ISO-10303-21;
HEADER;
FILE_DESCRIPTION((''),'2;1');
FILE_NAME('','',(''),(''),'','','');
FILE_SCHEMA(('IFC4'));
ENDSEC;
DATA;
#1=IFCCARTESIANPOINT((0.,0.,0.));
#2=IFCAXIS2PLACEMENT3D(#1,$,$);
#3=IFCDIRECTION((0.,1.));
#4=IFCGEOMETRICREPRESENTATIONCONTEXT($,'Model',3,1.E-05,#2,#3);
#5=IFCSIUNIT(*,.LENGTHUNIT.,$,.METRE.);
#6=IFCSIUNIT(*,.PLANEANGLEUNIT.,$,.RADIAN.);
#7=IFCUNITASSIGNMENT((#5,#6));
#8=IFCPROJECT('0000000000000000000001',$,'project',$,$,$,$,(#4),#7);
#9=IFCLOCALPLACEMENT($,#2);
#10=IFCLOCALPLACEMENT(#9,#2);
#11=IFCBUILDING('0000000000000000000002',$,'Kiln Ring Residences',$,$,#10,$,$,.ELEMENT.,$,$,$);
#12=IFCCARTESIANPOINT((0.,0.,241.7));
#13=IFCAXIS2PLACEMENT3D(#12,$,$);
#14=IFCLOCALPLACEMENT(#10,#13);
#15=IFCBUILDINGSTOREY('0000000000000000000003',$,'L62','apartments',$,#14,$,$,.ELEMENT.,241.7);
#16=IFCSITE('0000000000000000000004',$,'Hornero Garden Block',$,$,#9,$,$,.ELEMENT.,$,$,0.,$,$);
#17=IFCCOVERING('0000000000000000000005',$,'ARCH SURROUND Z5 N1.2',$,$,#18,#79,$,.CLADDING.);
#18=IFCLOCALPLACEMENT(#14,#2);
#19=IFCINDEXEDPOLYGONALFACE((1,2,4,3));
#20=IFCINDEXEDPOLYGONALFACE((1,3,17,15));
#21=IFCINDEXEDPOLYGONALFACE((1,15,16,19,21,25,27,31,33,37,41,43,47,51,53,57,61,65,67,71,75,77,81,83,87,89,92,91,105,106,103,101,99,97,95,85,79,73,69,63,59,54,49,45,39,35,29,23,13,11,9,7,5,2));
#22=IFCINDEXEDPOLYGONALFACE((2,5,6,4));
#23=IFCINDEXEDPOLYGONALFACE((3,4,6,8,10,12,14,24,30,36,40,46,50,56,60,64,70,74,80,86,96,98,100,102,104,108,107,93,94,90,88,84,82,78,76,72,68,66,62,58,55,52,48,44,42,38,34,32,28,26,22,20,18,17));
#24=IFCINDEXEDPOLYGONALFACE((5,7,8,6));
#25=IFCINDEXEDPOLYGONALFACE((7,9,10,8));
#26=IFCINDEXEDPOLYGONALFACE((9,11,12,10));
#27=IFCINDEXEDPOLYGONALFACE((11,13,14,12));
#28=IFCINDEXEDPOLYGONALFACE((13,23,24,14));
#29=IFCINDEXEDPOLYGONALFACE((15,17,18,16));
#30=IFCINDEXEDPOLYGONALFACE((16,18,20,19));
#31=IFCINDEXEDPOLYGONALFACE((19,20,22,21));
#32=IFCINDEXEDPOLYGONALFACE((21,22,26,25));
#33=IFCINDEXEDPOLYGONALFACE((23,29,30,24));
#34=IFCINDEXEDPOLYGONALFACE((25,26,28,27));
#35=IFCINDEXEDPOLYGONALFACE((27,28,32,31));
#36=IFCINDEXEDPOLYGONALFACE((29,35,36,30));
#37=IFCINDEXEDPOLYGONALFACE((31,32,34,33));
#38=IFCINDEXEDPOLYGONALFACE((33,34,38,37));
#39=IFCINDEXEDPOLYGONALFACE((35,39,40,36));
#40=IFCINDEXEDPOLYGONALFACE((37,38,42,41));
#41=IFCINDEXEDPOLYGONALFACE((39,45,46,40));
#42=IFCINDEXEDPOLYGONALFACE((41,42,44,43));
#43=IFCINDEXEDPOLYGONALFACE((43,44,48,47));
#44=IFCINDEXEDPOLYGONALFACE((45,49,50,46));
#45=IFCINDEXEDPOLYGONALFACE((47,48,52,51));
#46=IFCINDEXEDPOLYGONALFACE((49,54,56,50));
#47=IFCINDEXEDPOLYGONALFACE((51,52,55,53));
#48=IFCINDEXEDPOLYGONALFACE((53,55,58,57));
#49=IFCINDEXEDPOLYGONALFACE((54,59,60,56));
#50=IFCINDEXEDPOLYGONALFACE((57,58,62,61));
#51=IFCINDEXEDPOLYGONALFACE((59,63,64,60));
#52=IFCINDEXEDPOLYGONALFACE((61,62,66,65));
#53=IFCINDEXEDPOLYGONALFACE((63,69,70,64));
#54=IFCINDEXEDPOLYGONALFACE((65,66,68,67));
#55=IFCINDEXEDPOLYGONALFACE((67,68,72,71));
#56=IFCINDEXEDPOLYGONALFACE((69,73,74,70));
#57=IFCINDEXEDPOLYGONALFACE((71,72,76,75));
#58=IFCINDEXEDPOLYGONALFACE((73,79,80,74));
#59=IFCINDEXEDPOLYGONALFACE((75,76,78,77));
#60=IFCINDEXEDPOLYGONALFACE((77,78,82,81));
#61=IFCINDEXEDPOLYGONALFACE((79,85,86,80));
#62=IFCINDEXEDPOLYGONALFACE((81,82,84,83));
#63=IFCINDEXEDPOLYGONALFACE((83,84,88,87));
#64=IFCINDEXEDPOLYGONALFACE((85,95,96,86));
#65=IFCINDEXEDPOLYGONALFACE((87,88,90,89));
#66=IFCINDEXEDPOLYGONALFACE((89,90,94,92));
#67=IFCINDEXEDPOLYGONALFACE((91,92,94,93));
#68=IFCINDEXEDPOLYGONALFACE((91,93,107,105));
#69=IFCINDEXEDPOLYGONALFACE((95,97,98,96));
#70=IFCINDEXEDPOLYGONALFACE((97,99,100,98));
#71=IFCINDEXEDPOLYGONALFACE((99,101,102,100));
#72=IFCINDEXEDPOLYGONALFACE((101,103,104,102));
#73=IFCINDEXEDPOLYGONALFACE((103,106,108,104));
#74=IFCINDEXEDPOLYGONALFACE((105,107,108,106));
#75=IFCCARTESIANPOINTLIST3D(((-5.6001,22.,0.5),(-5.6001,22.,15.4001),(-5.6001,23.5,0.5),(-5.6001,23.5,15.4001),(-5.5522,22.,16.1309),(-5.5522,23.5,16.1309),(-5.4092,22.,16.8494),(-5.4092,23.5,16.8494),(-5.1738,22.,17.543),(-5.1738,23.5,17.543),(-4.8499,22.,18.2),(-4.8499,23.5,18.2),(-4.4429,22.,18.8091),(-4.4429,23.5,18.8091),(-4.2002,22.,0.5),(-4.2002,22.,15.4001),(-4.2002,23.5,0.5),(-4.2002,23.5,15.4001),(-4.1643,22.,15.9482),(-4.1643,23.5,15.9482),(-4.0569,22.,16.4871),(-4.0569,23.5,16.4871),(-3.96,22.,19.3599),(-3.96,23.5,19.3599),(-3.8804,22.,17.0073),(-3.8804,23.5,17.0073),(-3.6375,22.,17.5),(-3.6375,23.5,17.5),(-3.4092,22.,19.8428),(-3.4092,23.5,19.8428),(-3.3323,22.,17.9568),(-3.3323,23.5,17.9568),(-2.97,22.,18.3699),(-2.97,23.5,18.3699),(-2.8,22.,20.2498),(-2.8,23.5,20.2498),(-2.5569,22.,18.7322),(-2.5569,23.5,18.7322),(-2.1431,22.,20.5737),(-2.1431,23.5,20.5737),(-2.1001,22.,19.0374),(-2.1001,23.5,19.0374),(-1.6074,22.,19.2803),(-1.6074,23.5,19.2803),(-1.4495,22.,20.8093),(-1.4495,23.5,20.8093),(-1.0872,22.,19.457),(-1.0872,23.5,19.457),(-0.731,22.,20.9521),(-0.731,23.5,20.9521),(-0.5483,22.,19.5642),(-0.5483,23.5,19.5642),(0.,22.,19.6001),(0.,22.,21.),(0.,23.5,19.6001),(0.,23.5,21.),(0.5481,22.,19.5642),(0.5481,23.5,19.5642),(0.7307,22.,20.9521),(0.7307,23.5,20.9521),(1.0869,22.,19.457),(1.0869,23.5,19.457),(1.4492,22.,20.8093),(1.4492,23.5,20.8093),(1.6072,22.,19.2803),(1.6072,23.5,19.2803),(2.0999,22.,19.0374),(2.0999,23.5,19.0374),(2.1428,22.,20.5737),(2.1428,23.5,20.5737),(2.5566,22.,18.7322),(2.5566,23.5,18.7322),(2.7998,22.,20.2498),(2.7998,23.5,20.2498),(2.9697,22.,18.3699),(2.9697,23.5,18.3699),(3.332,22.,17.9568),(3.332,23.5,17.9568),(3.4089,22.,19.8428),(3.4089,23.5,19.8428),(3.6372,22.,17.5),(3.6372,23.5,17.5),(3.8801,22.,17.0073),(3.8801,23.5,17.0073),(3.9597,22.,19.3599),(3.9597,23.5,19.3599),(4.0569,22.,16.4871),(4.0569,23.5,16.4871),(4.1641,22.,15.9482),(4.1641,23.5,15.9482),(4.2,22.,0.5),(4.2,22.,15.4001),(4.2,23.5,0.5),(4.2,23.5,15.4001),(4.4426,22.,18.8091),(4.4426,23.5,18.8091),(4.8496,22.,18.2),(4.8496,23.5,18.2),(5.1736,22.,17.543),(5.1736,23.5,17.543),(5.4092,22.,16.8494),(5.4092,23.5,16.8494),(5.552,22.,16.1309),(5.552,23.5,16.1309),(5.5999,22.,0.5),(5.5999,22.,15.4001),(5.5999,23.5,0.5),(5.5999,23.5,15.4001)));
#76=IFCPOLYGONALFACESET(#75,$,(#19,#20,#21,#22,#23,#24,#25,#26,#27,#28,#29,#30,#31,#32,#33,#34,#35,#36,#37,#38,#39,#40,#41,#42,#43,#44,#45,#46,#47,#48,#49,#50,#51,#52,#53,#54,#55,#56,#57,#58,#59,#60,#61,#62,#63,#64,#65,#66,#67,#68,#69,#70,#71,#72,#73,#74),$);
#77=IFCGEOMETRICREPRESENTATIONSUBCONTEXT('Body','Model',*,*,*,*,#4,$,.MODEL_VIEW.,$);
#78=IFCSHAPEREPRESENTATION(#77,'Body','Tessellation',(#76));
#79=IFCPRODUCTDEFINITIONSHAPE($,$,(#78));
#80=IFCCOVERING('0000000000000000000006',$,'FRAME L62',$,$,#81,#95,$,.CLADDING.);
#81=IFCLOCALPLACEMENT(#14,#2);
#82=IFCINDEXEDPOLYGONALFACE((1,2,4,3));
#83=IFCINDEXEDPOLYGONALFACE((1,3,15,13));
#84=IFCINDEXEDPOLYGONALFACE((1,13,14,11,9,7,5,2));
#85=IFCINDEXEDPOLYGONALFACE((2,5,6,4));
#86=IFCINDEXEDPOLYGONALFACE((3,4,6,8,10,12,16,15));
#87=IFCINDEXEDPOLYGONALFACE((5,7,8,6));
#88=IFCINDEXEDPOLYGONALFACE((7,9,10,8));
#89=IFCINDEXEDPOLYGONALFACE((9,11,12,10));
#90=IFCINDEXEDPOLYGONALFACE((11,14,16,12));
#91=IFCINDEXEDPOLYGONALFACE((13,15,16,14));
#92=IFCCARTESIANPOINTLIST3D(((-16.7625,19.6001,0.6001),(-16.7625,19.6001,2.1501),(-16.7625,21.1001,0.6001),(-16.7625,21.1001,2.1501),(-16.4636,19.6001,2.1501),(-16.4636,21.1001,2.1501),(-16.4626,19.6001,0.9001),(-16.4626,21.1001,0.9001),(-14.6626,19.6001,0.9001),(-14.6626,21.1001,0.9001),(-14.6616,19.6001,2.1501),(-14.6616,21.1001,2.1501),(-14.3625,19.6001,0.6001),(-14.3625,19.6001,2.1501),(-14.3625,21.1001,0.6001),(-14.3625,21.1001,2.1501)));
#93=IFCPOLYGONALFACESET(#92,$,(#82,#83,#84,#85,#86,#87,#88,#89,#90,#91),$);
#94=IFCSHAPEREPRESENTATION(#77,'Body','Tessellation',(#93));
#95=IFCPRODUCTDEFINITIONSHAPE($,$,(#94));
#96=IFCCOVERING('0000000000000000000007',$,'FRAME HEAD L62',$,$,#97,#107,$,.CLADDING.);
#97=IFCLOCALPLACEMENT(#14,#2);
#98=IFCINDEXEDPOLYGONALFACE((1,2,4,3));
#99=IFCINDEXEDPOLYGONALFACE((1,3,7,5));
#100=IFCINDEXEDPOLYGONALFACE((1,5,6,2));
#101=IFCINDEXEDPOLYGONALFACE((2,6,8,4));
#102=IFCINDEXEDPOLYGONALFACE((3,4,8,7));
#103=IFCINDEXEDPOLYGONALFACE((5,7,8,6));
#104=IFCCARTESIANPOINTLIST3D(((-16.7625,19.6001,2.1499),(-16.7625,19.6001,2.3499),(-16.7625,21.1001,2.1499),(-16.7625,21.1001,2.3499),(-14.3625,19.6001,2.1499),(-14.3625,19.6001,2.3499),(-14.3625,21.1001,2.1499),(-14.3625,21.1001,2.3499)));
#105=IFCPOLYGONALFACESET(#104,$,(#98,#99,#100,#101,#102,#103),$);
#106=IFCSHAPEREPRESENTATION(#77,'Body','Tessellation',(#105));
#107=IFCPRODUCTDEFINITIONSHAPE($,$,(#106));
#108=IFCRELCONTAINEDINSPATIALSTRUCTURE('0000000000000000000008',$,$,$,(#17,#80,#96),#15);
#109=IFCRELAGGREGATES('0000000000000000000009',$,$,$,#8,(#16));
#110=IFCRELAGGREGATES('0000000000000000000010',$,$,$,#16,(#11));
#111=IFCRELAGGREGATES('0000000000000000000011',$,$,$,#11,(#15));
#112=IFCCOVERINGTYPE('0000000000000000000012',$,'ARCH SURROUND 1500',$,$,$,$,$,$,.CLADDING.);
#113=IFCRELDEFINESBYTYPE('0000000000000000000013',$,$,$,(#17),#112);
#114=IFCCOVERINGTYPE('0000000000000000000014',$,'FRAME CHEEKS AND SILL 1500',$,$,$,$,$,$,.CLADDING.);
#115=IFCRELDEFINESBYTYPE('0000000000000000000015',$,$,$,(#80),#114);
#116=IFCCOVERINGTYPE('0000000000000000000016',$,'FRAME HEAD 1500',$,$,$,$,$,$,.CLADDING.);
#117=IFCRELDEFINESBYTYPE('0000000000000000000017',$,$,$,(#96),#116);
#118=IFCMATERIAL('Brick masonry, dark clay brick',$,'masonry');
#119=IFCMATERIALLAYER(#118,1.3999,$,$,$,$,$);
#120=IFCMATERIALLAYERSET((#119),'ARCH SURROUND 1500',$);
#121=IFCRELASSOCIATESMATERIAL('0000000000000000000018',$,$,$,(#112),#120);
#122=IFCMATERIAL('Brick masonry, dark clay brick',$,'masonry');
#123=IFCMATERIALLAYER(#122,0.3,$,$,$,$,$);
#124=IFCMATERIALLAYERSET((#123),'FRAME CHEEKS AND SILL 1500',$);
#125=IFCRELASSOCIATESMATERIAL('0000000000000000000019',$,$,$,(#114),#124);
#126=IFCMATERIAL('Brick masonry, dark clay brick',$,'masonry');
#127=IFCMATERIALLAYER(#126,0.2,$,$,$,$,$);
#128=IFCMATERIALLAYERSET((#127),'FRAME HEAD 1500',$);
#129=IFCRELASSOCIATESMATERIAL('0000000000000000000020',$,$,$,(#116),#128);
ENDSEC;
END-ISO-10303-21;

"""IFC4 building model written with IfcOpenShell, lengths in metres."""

from ifc_helpers import new_model, si_unit, direction, frame, origin, origin_2d, place, context, subcontext, project, spatial, polyline, rectangle, outline, extrude, material, layer, layer_set, type_object, element, save


model = new_model("IFC4")

# Units and contexts
model_context = context("Model", 3, precision=1e-05, world=origin(), true_north=direction((0.0, 1.0)))
body_context = subcontext(model_context, "Body", "Model", "MODEL_VIEW")
ifc_project = project(units=[si_unit("LENGTHUNIT", "METRE"), si_unit("PLANEANGLEUNIT", "RADIAN")], contexts=[model_context])

# Site, building, storey
site_placement = place(None, origin())
site = spatial("IfcSite", under=ifc_project, at=site_placement, Name="Hornero Garden Block", CompositionType="ELEMENT", RefElevation=0.0)
building_placement = place(site_placement, origin())
building = spatial("IfcBuilding", under=site, at=building_placement, Name="Kiln Ring Residences", CompositionType="ELEMENT")
storey_placement = place(building_placement, frame((0.0, 0.0, 241.7)))
storey = spatial("IfcBuildingStorey", under=building, at=storey_placement, Name="L62", Description="apartments", CompositionType="ELEMENT", Elevation=241.7)

# Coverings
ifc_material_1 = material(Name="Brick masonry, dark clay brick", Category="masonry")
ifc_layer_1 = layer(ifc_material_1, 1.3999)
ifc_layer_set_1 = layer_set([ifc_layer_1], Name="ARCH SURROUND 1500")
covering_type_1 = type_object("IfcCoveringType", Name="ARCH SURROUND 1500", PredefinedType="CLADDING", material=ifc_layer_set_1)
covering_1_placement = place(storey_placement, frame((-5.6001, 22.75, 0.5), z_axis=(0.0, 0.0, 1.0), x_axis=(1.0, 0.0, 0.0)))
element("IfcCovering", 1, at=covering_1_placement, inside=storey, type_object=covering_type_1, Name="ARCH SURROUND Z5 N1.2", PredefinedType="CLADDING", context=body_context, shape_type="SweptSolid", body=[
    extrude(outline(polyline([(0.0, 0.0), (0.0, 14.9001), (0.0479, 15.6309), (0.1909, 16.3494), (0.4263, 17.043), (0.7502, 17.7), (1.1572, 18.3091), (1.6401, 18.8599), (2.1909, 19.3428), (2.8, 19.7498), (3.457, 20.0737), (4.1506, 20.3093), (4.8691, 20.4521), (5.6001, 20.5), (6.3308, 20.4521), (7.0493, 20.3093), (7.7429, 20.0737), (8.3999, 19.7498), (9.009, 19.3428), (9.5598, 18.8599), (10.0427, 18.3091), (10.4497, 17.7), (10.7737, 17.043), (11.0093, 16.3494), (11.1521, 15.6309), (11.2, 14.9001), (11.2, 0.0), (9.8, 0.0), (9.8, 14.9001), (9.7642, 15.4482), (9.657, 15.9871), (9.4802, 16.5073), (9.2373, 17.0), (8.9321, 17.4568), (8.5698, 17.8699), (8.1567, 18.2322), (7.7, 18.5374), (7.2073, 18.7803), (6.687, 18.957), (6.1482, 19.0642), (5.6001, 19.1001), (5.0518, 19.0642), (4.5129, 18.957), (3.9927, 18.7803), (3.5, 18.5374), (3.0432, 18.2322), (2.6301, 17.8699), (2.2678, 17.4568), (1.9626, 17.0), (1.7197, 16.5073), (1.5432, 15.9871), (1.4358, 15.4482), (1.3999, 14.9001), (1.3999, 0.0), (0.0, 0.0)])), frame((0.0, 0.75, 0.0), z_axis=(0.0, -1.0, 0.0), x_axis=(1.0, 0.0, 0.0)), (0.0, 0.0, 1.0), 1.5),
])
ifc_material_2 = material(Name="Brick masonry, dark clay brick", Category="masonry")
ifc_layer_2 = layer(ifc_material_2, 0.3)
ifc_layer_set_2 = layer_set([ifc_layer_2], Name="FRAME CHEEKS AND SILL 1500")
covering_type_2 = type_object("IfcCoveringType", Name="FRAME CHEEKS AND SILL 1500", PredefinedType="CLADDING", material=ifc_layer_set_2)
covering_2_placement = place(storey_placement, frame((-14.3625, 20.3501, 0.6001), z_axis=(0.0, 0.0, 1.0), x_axis=(-1.0, 0.0, 0.0)))
element("IfcCovering", 2, at=covering_2_placement, inside=storey, type_object=covering_type_2, Name="FRAME L62", PredefinedType="CLADDING", context=body_context, shape_type="SweptSolid", body=[
    extrude(outline(polyline([(0.0, 0.0), (2.3999, 0.0), (2.3999, 1.55), (2.1011, 1.55), (2.1001, 0.3), (0.3, 0.3), (0.2991, 1.55), (0.0, 1.55), (0.0, 0.0)])), frame((0.0, 0.75, 0.0), z_axis=(0.0, -1.0, 0.0), x_axis=(1.0, 0.0, 0.0)), (0.0, 0.0, 1.0), 1.5),
])
ifc_material_3 = material(Name="Brick masonry, dark clay brick", Category="masonry")
ifc_layer_3 = layer(ifc_material_3, 0.2)
ifc_layer_set_3 = layer_set([ifc_layer_3], Name="FRAME HEAD 1500")
covering_type_3 = type_object("IfcCoveringType", Name="FRAME HEAD 1500", PredefinedType="CLADDING", material=ifc_layer_set_3)
covering_3_placement = place(storey_placement, frame((-15.5625, 20.3501, 2.1499), z_axis=(0.0, 0.0, 1.0), x_axis=(-1.0, 0.0, 0.0)))
element("IfcCovering", 3, at=covering_3_placement, inside=storey, type_object=covering_type_3, Name="FRAME HEAD L62", PredefinedType="CLADDING", context=body_context, shape_type="SweptSolid", body=[
    extrude(rectangle(XDim=2.3999, YDim=1.5, at=origin_2d()), origin(), (0.0, 0.0, 1.0), 0.2),
])

save(model, "model.ifc")
